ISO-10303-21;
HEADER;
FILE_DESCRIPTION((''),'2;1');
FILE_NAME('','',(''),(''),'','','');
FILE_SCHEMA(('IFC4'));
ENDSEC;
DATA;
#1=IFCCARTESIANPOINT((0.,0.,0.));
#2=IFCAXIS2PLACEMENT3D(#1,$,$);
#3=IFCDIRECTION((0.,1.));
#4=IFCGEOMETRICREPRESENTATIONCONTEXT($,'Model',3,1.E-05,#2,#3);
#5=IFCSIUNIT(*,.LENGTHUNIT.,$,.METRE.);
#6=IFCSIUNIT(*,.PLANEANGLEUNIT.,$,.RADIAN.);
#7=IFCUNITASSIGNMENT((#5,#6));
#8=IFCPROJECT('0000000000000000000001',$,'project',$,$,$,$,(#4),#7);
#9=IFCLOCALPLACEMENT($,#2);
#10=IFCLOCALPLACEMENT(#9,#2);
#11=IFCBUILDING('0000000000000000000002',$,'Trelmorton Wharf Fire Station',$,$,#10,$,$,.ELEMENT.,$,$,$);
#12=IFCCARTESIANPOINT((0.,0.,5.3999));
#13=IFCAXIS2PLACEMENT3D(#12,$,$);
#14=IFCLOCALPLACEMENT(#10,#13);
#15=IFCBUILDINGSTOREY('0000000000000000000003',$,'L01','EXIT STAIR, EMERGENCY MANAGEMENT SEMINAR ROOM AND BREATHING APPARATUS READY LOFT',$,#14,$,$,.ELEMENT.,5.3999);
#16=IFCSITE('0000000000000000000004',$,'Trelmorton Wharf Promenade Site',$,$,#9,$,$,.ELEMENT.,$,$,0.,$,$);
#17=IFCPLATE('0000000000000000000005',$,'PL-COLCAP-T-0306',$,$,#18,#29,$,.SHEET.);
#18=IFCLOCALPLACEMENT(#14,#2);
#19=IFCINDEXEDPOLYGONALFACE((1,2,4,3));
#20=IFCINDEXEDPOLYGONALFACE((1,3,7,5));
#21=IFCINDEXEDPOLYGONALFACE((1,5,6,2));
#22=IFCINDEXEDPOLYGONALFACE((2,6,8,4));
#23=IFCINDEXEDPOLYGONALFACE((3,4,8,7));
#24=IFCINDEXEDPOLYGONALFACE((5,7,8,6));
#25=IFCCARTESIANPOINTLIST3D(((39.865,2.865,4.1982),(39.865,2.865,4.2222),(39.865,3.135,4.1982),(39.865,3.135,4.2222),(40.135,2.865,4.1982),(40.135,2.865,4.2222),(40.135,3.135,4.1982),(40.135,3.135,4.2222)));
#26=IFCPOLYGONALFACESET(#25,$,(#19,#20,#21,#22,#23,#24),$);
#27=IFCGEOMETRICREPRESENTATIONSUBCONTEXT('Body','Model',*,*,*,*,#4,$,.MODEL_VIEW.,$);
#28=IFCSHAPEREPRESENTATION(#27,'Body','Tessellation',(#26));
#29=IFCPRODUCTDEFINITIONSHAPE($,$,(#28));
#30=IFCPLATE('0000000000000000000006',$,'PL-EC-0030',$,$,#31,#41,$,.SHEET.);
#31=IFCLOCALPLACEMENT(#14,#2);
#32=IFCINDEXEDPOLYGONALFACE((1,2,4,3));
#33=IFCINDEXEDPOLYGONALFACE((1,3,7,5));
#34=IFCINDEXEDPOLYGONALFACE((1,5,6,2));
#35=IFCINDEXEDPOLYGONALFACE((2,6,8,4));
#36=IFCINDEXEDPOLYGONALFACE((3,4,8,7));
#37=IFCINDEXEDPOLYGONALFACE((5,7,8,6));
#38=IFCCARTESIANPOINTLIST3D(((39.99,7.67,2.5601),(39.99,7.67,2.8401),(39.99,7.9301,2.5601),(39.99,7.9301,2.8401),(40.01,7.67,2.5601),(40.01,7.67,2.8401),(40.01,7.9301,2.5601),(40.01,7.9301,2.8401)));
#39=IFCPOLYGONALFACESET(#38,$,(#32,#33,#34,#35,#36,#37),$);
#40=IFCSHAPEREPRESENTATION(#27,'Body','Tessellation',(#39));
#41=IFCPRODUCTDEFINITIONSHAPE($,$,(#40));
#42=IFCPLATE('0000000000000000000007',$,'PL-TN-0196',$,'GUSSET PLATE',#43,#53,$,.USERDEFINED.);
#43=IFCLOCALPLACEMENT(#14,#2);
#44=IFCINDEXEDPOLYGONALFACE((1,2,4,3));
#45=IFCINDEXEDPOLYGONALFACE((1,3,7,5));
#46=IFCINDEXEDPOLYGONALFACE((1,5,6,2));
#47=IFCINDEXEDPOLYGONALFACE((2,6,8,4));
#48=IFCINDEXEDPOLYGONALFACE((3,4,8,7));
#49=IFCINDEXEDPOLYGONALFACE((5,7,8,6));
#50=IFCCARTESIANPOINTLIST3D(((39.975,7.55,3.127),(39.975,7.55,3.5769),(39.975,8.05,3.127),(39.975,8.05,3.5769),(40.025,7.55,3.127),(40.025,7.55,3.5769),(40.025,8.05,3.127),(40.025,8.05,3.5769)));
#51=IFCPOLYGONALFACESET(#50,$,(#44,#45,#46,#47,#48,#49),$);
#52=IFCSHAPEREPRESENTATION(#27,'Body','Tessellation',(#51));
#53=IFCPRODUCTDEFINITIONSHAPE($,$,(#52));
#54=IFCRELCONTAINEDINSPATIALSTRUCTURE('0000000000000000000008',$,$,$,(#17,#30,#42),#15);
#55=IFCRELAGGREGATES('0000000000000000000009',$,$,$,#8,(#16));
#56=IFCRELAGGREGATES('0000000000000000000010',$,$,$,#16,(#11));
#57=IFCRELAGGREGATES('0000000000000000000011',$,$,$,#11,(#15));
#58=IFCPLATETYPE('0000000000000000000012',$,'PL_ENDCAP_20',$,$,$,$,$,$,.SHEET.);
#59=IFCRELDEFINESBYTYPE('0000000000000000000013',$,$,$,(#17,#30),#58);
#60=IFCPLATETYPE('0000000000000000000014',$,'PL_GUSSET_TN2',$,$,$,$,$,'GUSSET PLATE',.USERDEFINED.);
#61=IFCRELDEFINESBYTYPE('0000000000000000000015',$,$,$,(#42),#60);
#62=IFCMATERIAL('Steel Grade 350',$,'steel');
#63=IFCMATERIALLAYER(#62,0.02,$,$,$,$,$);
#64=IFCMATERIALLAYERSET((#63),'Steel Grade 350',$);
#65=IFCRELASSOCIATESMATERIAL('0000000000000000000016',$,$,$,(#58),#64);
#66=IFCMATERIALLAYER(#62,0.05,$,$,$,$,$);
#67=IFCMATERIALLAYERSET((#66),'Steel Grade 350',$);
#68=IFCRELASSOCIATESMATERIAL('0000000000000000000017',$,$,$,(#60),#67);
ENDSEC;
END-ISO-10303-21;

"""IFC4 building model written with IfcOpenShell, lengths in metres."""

from ifc_helpers import new_model, si_unit, direction, frame, origin, origin_2d, place, context, subcontext, project, spatial, rectangle, extrude, material, layer, layer_set, type_object, element, save


model = new_model("IFC4")

# Units and contexts
model_context = context("Model", 3, precision=1e-05, world=origin(), true_north=direction((0.0, 1.0)))
body_context = subcontext(model_context, "Body", "Model", "MODEL_VIEW")
ifc_project = project(units=[si_unit("LENGTHUNIT", "METRE"), si_unit("PLANEANGLEUNIT", "RADIAN")], contexts=[model_context])

# Site, building, storey
site_placement = place(None, origin())
site = spatial("IfcSite", under=ifc_project, at=site_placement, Name="Trelmorton Wharf Promenade Site", CompositionType="ELEMENT", RefElevation=0.0)
building_placement = place(site_placement, origin())
building = spatial("IfcBuilding", under=site, at=building_placement, Name="Trelmorton Wharf Fire Station", CompositionType="ELEMENT")
storey_placement = place(building_placement, frame((0.0, 0.0, 5.3999)))
storey = spatial("IfcBuildingStorey", under=building, at=storey_placement, Name="L01", Description="EXIT STAIR, EMERGENCY MANAGEMENT SEMINAR ROOM AND BREATHING APPARATUS READY LOFT", CompositionType="ELEMENT", Elevation=5.3999)

# Shared definitions
ifc_material_1 = material(Name="Steel Grade 350", Category="steel")

# Plates
ifc_layer_1 = layer(ifc_material_1, 0.02)
ifc_layer_set_1 = layer_set([ifc_layer_1], Name="Steel Grade 350")
plate_type_1 = type_object("IfcPlateType", Name="PL_ENDCAP_20", PredefinedType="SHEET", material=ifc_layer_set_1)
plate_1_placement = place(storey_placement, frame((40.0, 3.0, 4.1982), z_axis=(0.0, 0.0, 1.0), x_axis=(1.0, 0.0, 0.0)))
element("IfcPlate", 1, at=plate_1_placement, inside=storey, type_object=plate_type_1, Name="PL-COLCAP-T-0306", PredefinedType="SHEET", context=body_context, shape_type="SweptSolid", body=[
    extrude(rectangle(XDim=0.27, YDim=0.27, at=origin_2d()), origin(), (0.0, 0.0, 1.0), 0.0239),
])
plate_2_placement = place(storey_placement, frame((40.0, 7.8, 2.5601), z_axis=(0.0, 0.0, 1.0), x_axis=(1.0, 0.0, 0.0)))
element("IfcPlate", 2, at=plate_2_placement, inside=storey, type_object=plate_type_1, Name="PL-EC-0030", PredefinedType="SHEET", context=body_context, shape_type="SweptSolid", body=[
    extrude(rectangle(XDim=0.02, YDim=0.26, at=origin_2d()), origin(), (0.0, 0.0, 1.0), 0.28),
])
ifc_layer_2 = layer(ifc_material_1, 0.05)
ifc_layer_set_2 = layer_set([ifc_layer_2], Name="Steel Grade 350")
plate_type_2 = type_object("IfcPlateType", Name="PL_GUSSET_TN2", ElementType="GUSSET PLATE", PredefinedType="USERDEFINED", material=ifc_layer_set_2)
plate_3_placement = place(storey_placement, frame((40.0, 7.8, 3.127), z_axis=(0.0, 0.0, 1.0), x_axis=(1.0, 0.0, 0.0)))
element("IfcPlate", 3, at=plate_3_placement, inside=storey, type_object=plate_type_2, Name="PL-TN-0196", ObjectType="GUSSET PLATE", PredefinedType="USERDEFINED", context=body_context, shape_type="SweptSolid", body=[
    extrude(rectangle(XDim=0.05, YDim=0.5, at=origin_2d()), origin(), (0.0, 0.0, 1.0), 0.45),
])

save(model, "model.ifc")
